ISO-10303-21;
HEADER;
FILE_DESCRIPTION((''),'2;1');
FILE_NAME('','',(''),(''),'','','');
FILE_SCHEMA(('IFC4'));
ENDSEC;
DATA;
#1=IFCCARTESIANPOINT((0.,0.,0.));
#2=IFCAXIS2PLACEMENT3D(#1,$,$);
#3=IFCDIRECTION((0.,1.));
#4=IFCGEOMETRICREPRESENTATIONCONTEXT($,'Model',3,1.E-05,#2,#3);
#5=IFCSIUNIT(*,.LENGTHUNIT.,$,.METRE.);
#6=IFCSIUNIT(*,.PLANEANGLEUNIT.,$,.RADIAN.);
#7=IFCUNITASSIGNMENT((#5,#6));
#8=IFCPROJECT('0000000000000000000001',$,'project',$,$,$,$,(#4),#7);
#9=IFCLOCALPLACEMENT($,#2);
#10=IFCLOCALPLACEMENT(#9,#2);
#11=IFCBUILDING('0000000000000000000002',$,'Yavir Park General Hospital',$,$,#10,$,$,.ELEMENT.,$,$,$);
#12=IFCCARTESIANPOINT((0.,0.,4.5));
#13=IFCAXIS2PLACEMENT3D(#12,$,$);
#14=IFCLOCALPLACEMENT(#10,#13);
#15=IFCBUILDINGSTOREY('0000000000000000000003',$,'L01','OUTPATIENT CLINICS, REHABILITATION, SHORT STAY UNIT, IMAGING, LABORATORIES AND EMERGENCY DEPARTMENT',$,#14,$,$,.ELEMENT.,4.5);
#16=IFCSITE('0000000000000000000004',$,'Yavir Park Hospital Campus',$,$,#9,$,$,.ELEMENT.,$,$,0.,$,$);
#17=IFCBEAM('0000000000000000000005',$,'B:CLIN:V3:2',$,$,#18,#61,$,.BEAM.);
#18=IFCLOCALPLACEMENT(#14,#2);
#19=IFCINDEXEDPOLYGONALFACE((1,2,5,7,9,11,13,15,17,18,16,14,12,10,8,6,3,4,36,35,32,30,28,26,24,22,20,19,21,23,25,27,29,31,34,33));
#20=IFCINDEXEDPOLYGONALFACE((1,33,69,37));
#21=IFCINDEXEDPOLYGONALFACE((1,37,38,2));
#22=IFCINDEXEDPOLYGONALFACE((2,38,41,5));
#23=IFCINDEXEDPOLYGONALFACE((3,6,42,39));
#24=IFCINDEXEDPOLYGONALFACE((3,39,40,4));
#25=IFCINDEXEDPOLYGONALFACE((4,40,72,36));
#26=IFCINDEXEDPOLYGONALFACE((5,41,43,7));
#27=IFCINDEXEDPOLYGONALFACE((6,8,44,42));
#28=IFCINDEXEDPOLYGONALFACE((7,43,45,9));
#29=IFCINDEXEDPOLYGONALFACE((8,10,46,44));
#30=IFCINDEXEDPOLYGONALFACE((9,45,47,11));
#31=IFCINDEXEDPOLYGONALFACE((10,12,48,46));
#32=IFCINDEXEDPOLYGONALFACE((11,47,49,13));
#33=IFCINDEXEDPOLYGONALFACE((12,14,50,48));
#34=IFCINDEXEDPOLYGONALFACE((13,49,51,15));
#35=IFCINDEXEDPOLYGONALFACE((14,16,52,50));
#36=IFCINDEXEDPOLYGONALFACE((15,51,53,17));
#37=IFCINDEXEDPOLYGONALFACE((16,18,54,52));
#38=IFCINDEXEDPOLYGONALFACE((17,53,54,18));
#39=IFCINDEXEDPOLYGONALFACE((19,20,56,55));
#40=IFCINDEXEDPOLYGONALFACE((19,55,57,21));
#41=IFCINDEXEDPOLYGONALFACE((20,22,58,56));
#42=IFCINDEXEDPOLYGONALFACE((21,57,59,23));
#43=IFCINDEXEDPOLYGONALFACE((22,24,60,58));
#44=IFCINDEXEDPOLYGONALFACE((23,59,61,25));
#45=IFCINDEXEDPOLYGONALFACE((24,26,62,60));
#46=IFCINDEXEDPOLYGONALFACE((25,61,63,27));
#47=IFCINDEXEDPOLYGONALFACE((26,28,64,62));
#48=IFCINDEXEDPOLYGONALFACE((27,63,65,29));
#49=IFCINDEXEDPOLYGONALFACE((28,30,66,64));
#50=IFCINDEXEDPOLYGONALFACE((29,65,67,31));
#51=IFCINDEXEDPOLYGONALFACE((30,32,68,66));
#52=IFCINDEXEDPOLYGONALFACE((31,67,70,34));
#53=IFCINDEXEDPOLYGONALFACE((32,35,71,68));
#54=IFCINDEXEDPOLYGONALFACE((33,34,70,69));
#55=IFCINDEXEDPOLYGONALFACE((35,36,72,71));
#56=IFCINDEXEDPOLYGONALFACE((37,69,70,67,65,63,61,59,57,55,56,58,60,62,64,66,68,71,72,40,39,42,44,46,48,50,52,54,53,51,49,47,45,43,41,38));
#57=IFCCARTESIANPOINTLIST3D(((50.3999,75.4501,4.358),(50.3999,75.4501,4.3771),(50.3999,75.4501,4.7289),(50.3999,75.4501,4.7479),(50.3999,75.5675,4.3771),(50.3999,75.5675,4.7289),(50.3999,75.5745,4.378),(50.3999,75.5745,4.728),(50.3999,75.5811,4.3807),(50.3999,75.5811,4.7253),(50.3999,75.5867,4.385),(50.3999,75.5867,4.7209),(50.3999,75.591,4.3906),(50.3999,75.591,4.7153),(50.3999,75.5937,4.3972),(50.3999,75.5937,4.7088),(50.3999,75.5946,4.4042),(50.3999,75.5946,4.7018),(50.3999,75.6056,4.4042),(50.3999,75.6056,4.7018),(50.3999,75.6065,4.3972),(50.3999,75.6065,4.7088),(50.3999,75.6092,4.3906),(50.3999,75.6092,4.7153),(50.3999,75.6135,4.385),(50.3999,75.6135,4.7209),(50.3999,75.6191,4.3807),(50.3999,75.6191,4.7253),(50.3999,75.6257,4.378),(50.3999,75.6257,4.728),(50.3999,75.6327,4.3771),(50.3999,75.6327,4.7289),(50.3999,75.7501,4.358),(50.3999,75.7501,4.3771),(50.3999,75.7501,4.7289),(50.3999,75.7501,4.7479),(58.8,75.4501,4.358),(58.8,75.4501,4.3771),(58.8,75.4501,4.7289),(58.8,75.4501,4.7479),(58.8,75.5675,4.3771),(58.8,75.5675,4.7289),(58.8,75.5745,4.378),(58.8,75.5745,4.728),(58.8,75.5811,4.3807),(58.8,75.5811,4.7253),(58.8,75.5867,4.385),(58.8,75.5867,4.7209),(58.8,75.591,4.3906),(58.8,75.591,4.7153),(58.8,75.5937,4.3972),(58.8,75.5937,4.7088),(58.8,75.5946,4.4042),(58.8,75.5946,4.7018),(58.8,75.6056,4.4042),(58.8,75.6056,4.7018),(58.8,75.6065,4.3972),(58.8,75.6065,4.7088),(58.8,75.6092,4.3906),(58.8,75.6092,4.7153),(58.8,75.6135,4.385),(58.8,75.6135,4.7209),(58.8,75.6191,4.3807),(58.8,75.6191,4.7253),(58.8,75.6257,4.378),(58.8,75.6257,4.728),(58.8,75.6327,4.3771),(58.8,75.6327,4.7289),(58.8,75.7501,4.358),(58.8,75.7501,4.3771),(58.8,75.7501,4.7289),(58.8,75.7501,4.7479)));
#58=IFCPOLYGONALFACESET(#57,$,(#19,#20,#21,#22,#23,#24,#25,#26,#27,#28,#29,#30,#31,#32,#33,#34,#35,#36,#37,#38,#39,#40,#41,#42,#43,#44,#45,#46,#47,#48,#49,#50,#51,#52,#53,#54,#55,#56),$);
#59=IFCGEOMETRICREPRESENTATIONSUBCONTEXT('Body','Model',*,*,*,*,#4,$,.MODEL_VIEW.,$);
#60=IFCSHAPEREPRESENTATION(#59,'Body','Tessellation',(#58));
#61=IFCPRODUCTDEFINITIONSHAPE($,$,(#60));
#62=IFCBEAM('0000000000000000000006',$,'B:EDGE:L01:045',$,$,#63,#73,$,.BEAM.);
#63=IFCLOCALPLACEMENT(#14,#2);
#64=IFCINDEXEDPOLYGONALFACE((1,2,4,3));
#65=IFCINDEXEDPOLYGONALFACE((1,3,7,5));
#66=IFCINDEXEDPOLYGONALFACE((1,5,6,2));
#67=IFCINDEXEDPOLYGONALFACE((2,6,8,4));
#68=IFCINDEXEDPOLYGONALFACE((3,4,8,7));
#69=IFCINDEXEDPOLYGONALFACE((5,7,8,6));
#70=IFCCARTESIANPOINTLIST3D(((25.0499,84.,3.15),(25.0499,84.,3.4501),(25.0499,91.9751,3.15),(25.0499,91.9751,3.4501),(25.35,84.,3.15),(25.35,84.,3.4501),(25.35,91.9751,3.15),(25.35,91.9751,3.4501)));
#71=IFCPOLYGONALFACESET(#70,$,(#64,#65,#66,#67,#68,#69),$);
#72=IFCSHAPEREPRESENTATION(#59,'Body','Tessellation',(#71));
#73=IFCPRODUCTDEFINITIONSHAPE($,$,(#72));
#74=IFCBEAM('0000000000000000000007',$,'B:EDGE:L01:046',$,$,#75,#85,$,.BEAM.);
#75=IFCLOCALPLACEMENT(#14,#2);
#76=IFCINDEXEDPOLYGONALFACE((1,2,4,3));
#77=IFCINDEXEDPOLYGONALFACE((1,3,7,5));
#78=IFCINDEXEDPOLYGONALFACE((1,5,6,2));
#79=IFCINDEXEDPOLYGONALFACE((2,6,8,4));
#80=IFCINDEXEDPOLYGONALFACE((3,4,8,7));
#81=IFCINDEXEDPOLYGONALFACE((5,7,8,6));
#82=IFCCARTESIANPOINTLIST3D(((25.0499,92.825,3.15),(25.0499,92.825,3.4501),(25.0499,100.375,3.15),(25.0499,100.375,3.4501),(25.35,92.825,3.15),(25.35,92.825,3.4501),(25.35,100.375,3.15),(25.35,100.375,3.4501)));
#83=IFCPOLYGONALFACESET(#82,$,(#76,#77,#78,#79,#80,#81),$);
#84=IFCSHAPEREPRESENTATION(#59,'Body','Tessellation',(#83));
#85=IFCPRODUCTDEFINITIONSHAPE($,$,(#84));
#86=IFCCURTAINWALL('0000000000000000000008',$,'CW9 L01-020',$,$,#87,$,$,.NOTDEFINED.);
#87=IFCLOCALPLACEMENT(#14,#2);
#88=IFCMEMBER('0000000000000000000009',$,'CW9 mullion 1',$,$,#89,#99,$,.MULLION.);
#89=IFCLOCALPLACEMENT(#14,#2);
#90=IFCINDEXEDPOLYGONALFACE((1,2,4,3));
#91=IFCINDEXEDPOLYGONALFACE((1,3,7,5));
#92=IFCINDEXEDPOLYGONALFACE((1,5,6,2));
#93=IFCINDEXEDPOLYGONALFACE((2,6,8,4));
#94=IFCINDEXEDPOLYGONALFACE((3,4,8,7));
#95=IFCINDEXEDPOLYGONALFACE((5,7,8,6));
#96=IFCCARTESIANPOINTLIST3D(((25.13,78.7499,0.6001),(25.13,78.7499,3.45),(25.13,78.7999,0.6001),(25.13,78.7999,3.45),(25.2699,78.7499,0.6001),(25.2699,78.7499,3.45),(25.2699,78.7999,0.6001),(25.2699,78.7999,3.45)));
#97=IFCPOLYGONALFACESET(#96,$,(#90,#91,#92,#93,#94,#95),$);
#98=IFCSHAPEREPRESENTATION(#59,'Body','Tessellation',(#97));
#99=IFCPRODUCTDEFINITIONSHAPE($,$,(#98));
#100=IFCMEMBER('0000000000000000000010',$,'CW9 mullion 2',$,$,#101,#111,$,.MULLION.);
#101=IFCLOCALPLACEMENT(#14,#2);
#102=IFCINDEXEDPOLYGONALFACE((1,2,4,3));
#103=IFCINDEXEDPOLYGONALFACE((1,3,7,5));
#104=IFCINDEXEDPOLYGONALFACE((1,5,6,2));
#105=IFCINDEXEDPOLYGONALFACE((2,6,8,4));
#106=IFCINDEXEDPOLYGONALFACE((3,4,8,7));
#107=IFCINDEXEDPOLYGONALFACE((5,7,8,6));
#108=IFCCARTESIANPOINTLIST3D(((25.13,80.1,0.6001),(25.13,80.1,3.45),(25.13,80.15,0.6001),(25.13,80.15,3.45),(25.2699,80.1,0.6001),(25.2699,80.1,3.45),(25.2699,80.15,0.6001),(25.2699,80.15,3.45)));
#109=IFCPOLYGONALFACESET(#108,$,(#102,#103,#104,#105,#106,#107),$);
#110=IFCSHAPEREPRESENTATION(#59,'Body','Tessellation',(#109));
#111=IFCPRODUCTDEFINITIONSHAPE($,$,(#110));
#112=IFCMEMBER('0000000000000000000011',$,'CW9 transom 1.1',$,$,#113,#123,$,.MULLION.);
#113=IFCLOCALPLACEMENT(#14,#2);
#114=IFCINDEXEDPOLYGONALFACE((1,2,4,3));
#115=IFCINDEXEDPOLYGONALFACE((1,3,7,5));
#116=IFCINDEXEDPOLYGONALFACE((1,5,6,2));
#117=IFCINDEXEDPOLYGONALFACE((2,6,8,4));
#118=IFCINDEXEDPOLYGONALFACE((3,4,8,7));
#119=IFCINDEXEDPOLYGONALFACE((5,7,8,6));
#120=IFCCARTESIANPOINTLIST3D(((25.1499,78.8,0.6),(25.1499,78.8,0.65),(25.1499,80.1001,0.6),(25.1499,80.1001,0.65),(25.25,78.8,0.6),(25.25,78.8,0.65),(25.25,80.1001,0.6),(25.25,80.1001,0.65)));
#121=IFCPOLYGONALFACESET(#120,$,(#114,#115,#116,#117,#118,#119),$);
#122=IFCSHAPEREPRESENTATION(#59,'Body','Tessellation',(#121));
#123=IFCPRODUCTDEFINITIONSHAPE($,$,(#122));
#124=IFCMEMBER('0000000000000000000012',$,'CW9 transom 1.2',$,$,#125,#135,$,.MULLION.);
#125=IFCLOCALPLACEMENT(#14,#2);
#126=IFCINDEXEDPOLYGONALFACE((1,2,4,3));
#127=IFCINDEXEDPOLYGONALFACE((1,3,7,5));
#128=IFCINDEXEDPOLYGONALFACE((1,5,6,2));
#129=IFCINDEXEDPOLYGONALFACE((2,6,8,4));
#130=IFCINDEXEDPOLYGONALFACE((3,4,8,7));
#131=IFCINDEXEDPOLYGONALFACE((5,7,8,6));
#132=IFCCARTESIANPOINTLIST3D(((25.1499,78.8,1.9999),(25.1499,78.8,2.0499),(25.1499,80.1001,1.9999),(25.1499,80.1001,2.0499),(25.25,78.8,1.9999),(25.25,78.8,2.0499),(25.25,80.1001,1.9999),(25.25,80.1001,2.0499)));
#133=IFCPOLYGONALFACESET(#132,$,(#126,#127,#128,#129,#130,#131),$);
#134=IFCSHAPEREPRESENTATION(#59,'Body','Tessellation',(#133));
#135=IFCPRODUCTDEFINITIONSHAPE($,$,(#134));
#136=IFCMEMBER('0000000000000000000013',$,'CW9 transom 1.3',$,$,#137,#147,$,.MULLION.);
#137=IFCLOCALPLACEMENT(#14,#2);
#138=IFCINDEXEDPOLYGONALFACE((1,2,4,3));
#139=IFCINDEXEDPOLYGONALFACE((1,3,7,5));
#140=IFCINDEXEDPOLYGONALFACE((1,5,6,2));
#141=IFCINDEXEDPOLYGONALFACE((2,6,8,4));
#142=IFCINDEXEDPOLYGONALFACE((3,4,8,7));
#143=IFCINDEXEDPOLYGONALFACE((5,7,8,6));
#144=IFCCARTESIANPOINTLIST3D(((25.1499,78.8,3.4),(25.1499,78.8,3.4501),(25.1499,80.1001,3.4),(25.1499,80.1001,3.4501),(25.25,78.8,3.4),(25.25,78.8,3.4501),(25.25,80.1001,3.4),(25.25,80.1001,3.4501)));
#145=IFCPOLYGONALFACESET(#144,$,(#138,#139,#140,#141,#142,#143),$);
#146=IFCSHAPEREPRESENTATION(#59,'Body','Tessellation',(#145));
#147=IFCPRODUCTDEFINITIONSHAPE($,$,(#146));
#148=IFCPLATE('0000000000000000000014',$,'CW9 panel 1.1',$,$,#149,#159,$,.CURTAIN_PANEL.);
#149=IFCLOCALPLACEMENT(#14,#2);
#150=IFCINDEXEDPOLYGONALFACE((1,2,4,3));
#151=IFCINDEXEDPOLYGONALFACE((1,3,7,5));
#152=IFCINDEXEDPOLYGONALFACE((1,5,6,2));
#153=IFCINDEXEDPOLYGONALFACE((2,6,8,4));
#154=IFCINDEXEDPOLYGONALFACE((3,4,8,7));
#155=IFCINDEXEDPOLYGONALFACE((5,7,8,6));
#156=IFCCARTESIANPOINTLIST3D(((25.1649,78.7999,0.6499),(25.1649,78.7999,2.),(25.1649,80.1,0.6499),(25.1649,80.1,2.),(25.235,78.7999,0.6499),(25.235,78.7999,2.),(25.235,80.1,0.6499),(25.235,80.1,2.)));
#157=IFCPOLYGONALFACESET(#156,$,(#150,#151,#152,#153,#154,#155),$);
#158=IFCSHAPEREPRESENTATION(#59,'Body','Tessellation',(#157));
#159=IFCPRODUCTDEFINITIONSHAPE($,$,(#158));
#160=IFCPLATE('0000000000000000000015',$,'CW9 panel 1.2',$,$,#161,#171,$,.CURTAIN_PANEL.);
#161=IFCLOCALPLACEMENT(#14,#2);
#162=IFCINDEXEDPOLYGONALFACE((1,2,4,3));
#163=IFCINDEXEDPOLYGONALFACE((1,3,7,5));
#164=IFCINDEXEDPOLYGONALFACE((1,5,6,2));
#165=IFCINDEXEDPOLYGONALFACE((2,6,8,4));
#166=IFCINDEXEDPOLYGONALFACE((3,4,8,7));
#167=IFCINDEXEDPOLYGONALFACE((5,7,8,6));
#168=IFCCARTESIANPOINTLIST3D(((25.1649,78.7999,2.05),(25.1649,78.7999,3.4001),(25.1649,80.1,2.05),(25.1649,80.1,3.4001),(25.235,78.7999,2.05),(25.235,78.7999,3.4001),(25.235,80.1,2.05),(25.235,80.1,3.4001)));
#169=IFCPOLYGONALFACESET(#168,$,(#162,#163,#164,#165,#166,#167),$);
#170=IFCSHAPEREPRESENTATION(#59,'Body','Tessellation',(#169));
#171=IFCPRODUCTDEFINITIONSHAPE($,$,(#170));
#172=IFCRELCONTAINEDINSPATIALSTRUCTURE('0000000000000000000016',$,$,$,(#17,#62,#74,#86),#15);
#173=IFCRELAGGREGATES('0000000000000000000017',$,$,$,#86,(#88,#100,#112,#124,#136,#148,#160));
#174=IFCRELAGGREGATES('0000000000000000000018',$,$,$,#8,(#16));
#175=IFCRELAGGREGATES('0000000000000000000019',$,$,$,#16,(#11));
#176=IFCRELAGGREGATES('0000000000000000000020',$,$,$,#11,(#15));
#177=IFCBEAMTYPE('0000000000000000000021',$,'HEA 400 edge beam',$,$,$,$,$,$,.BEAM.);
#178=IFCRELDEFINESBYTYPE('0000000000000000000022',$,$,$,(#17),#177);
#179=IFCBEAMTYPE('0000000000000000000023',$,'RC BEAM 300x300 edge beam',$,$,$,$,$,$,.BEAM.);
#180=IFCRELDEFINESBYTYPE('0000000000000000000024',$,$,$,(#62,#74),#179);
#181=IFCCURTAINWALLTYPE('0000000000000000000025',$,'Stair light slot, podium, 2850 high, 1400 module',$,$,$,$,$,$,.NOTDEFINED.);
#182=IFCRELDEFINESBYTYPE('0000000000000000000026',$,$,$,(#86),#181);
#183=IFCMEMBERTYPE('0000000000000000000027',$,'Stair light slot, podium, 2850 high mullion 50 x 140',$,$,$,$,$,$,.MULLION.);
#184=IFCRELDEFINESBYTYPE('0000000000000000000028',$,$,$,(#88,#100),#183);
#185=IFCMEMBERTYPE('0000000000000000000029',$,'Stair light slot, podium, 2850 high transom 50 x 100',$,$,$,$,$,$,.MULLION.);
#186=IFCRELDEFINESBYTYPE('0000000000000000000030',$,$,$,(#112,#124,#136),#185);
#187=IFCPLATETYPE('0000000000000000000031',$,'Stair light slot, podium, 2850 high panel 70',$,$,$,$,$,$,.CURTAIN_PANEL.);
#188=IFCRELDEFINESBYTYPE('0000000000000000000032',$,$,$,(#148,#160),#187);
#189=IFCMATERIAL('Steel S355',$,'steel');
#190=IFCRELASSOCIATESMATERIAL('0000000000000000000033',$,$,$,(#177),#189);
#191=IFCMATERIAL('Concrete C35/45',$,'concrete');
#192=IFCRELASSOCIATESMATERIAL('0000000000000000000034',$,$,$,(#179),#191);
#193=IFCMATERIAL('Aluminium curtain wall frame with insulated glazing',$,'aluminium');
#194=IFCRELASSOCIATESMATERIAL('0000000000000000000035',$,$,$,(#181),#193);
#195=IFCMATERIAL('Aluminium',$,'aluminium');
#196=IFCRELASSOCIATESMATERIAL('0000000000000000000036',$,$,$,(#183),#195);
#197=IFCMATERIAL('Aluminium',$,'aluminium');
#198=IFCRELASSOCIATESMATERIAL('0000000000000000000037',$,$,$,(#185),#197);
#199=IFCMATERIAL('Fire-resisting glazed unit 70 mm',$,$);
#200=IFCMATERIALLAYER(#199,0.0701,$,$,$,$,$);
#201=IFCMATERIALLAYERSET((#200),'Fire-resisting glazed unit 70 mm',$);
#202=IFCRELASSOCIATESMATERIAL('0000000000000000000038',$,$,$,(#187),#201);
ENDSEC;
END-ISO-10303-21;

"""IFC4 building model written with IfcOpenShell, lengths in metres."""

from ifc_helpers import new_model, si_unit, direction, frame, origin, origin_2d, place, context, subcontext, project, spatial, rectangle, i_section, extrude, material, layer, layer_set, material_profile, profile_set, type_object, element, aggregate, save


model = new_model("IFC4")

# Units and contexts
model_context = context("Model", 3, precision=1e-05, world=origin(), true_north=direction((0.0, 1.0)))
body_context = subcontext(model_context, "Body", "Model", "MODEL_VIEW")
ifc_project = project(units=[si_unit("LENGTHUNIT", "METRE"), si_unit("PLANEANGLEUNIT", "RADIAN")], contexts=[model_context])

# Site, building, storey
site_placement = place(None, origin())
site = spatial("IfcSite", under=ifc_project, at=site_placement, Name="Yavir Park Hospital Campus", CompositionType="ELEMENT", RefElevation=0.0)
building_placement = place(site_placement, origin())
building = spatial("IfcBuilding", under=site, at=building_placement, Name="Yavir Park General Hospital", CompositionType="ELEMENT")
storey_placement = place(building_placement, frame((0.0, 0.0, 4.5)))
storey = spatial("IfcBuildingStorey", under=building, at=storey_placement, Name="L01", Description="OUTPATIENT CLINICS, REHABILITATION, SHORT STAY UNIT, IMAGING, LABORATORIES AND EMERGENCY DEPARTMENT", CompositionType="ELEMENT", Elevation=4.5)

# Beams
ifc_material_1 = material(Name="Steel S355", Category="steel")
ifc_material_profile_1 = material_profile(ifc_material_1, i_section(OverallWidth=0.3, OverallDepth=0.3899, WebThickness=0.011, FlangeThickness=0.019, FilletRadius=0.0271, at=origin_2d()), Name="HEA400")
ifc_profile_set_1 = profile_set([ifc_material_profile_1], Name="Steel S355")
beam_type_1 = type_object("IfcBeamType", Name="HEA 400 edge beam", PredefinedType="BEAM", material=ifc_profile_set_1)
beam_1_placement = place(storey_placement, frame((50.3999, 75.6001, 4.553), z_axis=(1.0, 0.0, 0.0), x_axis=(0.0, 1.0, 0.0)))
element("IfcBeam", 1, at=beam_1_placement, inside=storey, type_object=beam_type_1, Name="B:CLIN:V3:2", PredefinedType="BEAM", context=body_context, shape_type="SweptSolid", body=[
    extrude(i_section(OverallWidth=0.3, OverallDepth=0.3899, WebThickness=0.011, FlangeThickness=0.019, FilletRadius=0.0271, at=origin_2d()), origin(), (0.0, 0.0, 1.0), 8.4001),
])
ifc_material_2 = material(Name="Concrete C35/45", Category="concrete")
ifc_material_profile_2 = material_profile(ifc_material_2, rectangle(XDim=0.3, YDim=0.3, at=origin_2d()), Name="RC300x300")
ifc_profile_set_2 = profile_set([ifc_material_profile_2], Name="Concrete C35/45")
beam_type_2 = type_object("IfcBeamType", Name="RC BEAM 300x300 edge beam", PredefinedType="BEAM", material=ifc_profile_set_2)
beam_2_placement = place(storey_placement, frame((25.2, 84.0, 3.3), z_axis=(0.0, 1.0, 0.0), x_axis=(-1.0, 0.0, 0.0)))
element("IfcBeam", 2, at=beam_2_placement, inside=storey, type_object=beam_type_2, Name="B:EDGE:L01:045", PredefinedType="BEAM", context=body_context, shape_type="SweptSolid", body=[
    extrude(rectangle(XDim=0.3, YDim=0.3, at=origin_2d()), origin(), (0.0, 0.0, 1.0), 7.9751),
])
beam_3_placement = place(storey_placement, frame((25.2, 92.825, 3.3), z_axis=(0.0, 1.0, 0.0), x_axis=(-1.0, 0.0, 0.0)))
element("IfcBeam", 3, at=beam_3_placement, inside=storey, type_object=beam_type_2, Name="B:EDGE:L01:046", PredefinedType="BEAM", context=body_context, shape_type="SweptSolid", body=[
    extrude(rectangle(XDim=0.3, YDim=0.3, at=origin_2d()), origin(), (0.0, 0.0, 1.0), 7.55),
])

# Curtain wall, members, plates
ifc_material_3 = material(Name="Aluminium curtain wall frame with insulated glazing", Category="aluminium")
curtain_wall_type = type_object("IfcCurtainWallType", Name="Stair light slot, podium, 2850 high, 1400 module", PredefinedType="NOTDEFINED", material=ifc_material_3)
curtain_wall_placement = place(storey_placement, origin())
curtain_wall = element("IfcCurtainWall", 4, at=curtain_wall_placement, inside=storey, type_object=curtain_wall_type, Name="CW9 L01-020", PredefinedType="NOTDEFINED")
ifc_material_4 = material(Name="Aluminium", Category="aluminium")
ifc_material_profile_3 = material_profile(ifc_material_4, rectangle(XDim=0.1399, YDim=0.05, at=origin_2d()), Name="AL 50x140")
ifc_profile_set_3 = profile_set([ifc_material_profile_3], Name="Aluminium")
member_type_1 = type_object("IfcMemberType", Name="Stair light slot, podium, 2850 high mullion 50 x 140", PredefinedType="MULLION", material=ifc_profile_set_3)
member_1_placement = place(storey_placement, frame((25.2, 78.7749, 0.6001), z_axis=(0.0, 0.0, 1.0), x_axis=(-1.0, 0.0, 0.0)))
member_1 = element("IfcMember", 5, at=member_1_placement, type_object=member_type_1, Name="CW9 mullion 1", PredefinedType="MULLION", context=body_context, shape_type="SweptSolid", body=[
    extrude(rectangle(XDim=0.1399, YDim=0.05, at=origin_2d()), origin(), (0.0, 0.0, 1.0), 2.8499),
])
member_2_placement = place(storey_placement, frame((25.2, 80.125, 0.6001), z_axis=(0.0, 0.0, 1.0), x_axis=(-1.0, 0.0, 0.0)))
member_2 = element("IfcMember", 6, at=member_2_placement, type_object=member_type_1, Name="CW9 mullion 2", PredefinedType="MULLION", context=body_context, shape_type="SweptSolid", body=[
    extrude(rectangle(XDim=0.1399, YDim=0.05, at=origin_2d()), origin(), (0.0, 0.0, 1.0), 2.8499),
])
ifc_material_5 = material(Name="Aluminium", Category="aluminium")
ifc_material_profile_4 = material_profile(ifc_material_5, rectangle(XDim=0.1001, YDim=0.05, at=origin_2d()), Name="AL 100x50")
ifc_profile_set_4 = profile_set([ifc_material_profile_4], Name="Aluminium")
member_type_2 = type_object("IfcMemberType", Name="Stair light slot, podium, 2850 high transom 50 x 100", PredefinedType="MULLION", material=ifc_profile_set_4)
member_3_placement = place(storey_placement, frame((25.2, 78.8, 0.625), z_axis=(0.0, 1.0, 0.0), x_axis=(-1.0, 0.0, 0.0)))
member_3 = element("IfcMember", 7, at=member_3_placement, type_object=member_type_2, Name="CW9 transom 1.1", PredefinedType="MULLION", context=body_context, shape_type="SweptSolid", body=[
    extrude(rectangle(XDim=0.1001, YDim=0.05, at=origin_2d()), origin(), (0.0, 0.0, 1.0), 1.3),
])
member_4_placement = place(storey_placement, frame((25.2, 78.8, 2.0249), z_axis=(0.0, 1.0, 0.0), x_axis=(-1.0, 0.0, 0.0)))
member_4 = element("IfcMember", 8, at=member_4_placement, type_object=member_type_2, Name="CW9 transom 1.2", PredefinedType="MULLION", context=body_context, shape_type="SweptSolid", body=[
    extrude(rectangle(XDim=0.1001, YDim=0.05, at=origin_2d()), origin(), (0.0, 0.0, 1.0), 1.3),
])
member_5_placement = place(storey_placement, frame((25.2, 78.8, 3.425), z_axis=(0.0, 1.0, 0.0), x_axis=(-1.0, 0.0, 0.0)))
member_5 = element("IfcMember", 9, at=member_5_placement, type_object=member_type_2, Name="CW9 transom 1.3", PredefinedType="MULLION", context=body_context, shape_type="SweptSolid", body=[
    extrude(rectangle(XDim=0.1001, YDim=0.05, at=origin_2d()), origin(), (0.0, 0.0, 1.0), 1.3),
])
ifc_material_6 = material(Name="Fire-resisting glazed unit 70 mm")
ifc_layer_1 = layer(ifc_material_6, 0.0701)
ifc_layer_set_1 = layer_set([ifc_layer_1], Name="Fire-resisting glazed unit 70 mm")
plate_type = type_object("IfcPlateType", Name="Stair light slot, podium, 2850 high panel 70", PredefinedType="CURTAIN_PANEL", material=ifc_layer_set_1)
plate_1_placement = place(storey_placement, frame((25.2, 79.45, 0.6499), z_axis=(0.0, 0.0, 1.0), x_axis=(0.0, 1.0, 0.0)))
plate_1 = element("IfcPlate", 10, at=plate_1_placement, type_object=plate_type, Name="CW9 panel 1.1", PredefinedType="CURTAIN_PANEL", context=body_context, shape_type="SweptSolid", body=[
    extrude(rectangle(XDim=1.3, YDim=0.0701, at=origin_2d()), origin(), (0.0, 0.0, 1.0), 1.3501),
])
plate_2_placement = place(storey_placement, frame((25.2, 79.45, 2.05), z_axis=(0.0, 0.0, 1.0), x_axis=(0.0, 1.0, 0.0)))
plate_2 = element("IfcPlate", 11, at=plate_2_placement, type_object=plate_type, Name="CW9 panel 1.2", PredefinedType="CURTAIN_PANEL", context=body_context, shape_type="SweptSolid", body=[
    extrude(rectangle(XDim=1.3, YDim=0.0701, at=origin_2d()), origin(), (0.0, 0.0, 1.0), 1.3501),
])
aggregate(curtain_wall, [member_1, member_2, member_3, member_4, member_5, plate_1, plate_2])

save(model, "model.ifc")
